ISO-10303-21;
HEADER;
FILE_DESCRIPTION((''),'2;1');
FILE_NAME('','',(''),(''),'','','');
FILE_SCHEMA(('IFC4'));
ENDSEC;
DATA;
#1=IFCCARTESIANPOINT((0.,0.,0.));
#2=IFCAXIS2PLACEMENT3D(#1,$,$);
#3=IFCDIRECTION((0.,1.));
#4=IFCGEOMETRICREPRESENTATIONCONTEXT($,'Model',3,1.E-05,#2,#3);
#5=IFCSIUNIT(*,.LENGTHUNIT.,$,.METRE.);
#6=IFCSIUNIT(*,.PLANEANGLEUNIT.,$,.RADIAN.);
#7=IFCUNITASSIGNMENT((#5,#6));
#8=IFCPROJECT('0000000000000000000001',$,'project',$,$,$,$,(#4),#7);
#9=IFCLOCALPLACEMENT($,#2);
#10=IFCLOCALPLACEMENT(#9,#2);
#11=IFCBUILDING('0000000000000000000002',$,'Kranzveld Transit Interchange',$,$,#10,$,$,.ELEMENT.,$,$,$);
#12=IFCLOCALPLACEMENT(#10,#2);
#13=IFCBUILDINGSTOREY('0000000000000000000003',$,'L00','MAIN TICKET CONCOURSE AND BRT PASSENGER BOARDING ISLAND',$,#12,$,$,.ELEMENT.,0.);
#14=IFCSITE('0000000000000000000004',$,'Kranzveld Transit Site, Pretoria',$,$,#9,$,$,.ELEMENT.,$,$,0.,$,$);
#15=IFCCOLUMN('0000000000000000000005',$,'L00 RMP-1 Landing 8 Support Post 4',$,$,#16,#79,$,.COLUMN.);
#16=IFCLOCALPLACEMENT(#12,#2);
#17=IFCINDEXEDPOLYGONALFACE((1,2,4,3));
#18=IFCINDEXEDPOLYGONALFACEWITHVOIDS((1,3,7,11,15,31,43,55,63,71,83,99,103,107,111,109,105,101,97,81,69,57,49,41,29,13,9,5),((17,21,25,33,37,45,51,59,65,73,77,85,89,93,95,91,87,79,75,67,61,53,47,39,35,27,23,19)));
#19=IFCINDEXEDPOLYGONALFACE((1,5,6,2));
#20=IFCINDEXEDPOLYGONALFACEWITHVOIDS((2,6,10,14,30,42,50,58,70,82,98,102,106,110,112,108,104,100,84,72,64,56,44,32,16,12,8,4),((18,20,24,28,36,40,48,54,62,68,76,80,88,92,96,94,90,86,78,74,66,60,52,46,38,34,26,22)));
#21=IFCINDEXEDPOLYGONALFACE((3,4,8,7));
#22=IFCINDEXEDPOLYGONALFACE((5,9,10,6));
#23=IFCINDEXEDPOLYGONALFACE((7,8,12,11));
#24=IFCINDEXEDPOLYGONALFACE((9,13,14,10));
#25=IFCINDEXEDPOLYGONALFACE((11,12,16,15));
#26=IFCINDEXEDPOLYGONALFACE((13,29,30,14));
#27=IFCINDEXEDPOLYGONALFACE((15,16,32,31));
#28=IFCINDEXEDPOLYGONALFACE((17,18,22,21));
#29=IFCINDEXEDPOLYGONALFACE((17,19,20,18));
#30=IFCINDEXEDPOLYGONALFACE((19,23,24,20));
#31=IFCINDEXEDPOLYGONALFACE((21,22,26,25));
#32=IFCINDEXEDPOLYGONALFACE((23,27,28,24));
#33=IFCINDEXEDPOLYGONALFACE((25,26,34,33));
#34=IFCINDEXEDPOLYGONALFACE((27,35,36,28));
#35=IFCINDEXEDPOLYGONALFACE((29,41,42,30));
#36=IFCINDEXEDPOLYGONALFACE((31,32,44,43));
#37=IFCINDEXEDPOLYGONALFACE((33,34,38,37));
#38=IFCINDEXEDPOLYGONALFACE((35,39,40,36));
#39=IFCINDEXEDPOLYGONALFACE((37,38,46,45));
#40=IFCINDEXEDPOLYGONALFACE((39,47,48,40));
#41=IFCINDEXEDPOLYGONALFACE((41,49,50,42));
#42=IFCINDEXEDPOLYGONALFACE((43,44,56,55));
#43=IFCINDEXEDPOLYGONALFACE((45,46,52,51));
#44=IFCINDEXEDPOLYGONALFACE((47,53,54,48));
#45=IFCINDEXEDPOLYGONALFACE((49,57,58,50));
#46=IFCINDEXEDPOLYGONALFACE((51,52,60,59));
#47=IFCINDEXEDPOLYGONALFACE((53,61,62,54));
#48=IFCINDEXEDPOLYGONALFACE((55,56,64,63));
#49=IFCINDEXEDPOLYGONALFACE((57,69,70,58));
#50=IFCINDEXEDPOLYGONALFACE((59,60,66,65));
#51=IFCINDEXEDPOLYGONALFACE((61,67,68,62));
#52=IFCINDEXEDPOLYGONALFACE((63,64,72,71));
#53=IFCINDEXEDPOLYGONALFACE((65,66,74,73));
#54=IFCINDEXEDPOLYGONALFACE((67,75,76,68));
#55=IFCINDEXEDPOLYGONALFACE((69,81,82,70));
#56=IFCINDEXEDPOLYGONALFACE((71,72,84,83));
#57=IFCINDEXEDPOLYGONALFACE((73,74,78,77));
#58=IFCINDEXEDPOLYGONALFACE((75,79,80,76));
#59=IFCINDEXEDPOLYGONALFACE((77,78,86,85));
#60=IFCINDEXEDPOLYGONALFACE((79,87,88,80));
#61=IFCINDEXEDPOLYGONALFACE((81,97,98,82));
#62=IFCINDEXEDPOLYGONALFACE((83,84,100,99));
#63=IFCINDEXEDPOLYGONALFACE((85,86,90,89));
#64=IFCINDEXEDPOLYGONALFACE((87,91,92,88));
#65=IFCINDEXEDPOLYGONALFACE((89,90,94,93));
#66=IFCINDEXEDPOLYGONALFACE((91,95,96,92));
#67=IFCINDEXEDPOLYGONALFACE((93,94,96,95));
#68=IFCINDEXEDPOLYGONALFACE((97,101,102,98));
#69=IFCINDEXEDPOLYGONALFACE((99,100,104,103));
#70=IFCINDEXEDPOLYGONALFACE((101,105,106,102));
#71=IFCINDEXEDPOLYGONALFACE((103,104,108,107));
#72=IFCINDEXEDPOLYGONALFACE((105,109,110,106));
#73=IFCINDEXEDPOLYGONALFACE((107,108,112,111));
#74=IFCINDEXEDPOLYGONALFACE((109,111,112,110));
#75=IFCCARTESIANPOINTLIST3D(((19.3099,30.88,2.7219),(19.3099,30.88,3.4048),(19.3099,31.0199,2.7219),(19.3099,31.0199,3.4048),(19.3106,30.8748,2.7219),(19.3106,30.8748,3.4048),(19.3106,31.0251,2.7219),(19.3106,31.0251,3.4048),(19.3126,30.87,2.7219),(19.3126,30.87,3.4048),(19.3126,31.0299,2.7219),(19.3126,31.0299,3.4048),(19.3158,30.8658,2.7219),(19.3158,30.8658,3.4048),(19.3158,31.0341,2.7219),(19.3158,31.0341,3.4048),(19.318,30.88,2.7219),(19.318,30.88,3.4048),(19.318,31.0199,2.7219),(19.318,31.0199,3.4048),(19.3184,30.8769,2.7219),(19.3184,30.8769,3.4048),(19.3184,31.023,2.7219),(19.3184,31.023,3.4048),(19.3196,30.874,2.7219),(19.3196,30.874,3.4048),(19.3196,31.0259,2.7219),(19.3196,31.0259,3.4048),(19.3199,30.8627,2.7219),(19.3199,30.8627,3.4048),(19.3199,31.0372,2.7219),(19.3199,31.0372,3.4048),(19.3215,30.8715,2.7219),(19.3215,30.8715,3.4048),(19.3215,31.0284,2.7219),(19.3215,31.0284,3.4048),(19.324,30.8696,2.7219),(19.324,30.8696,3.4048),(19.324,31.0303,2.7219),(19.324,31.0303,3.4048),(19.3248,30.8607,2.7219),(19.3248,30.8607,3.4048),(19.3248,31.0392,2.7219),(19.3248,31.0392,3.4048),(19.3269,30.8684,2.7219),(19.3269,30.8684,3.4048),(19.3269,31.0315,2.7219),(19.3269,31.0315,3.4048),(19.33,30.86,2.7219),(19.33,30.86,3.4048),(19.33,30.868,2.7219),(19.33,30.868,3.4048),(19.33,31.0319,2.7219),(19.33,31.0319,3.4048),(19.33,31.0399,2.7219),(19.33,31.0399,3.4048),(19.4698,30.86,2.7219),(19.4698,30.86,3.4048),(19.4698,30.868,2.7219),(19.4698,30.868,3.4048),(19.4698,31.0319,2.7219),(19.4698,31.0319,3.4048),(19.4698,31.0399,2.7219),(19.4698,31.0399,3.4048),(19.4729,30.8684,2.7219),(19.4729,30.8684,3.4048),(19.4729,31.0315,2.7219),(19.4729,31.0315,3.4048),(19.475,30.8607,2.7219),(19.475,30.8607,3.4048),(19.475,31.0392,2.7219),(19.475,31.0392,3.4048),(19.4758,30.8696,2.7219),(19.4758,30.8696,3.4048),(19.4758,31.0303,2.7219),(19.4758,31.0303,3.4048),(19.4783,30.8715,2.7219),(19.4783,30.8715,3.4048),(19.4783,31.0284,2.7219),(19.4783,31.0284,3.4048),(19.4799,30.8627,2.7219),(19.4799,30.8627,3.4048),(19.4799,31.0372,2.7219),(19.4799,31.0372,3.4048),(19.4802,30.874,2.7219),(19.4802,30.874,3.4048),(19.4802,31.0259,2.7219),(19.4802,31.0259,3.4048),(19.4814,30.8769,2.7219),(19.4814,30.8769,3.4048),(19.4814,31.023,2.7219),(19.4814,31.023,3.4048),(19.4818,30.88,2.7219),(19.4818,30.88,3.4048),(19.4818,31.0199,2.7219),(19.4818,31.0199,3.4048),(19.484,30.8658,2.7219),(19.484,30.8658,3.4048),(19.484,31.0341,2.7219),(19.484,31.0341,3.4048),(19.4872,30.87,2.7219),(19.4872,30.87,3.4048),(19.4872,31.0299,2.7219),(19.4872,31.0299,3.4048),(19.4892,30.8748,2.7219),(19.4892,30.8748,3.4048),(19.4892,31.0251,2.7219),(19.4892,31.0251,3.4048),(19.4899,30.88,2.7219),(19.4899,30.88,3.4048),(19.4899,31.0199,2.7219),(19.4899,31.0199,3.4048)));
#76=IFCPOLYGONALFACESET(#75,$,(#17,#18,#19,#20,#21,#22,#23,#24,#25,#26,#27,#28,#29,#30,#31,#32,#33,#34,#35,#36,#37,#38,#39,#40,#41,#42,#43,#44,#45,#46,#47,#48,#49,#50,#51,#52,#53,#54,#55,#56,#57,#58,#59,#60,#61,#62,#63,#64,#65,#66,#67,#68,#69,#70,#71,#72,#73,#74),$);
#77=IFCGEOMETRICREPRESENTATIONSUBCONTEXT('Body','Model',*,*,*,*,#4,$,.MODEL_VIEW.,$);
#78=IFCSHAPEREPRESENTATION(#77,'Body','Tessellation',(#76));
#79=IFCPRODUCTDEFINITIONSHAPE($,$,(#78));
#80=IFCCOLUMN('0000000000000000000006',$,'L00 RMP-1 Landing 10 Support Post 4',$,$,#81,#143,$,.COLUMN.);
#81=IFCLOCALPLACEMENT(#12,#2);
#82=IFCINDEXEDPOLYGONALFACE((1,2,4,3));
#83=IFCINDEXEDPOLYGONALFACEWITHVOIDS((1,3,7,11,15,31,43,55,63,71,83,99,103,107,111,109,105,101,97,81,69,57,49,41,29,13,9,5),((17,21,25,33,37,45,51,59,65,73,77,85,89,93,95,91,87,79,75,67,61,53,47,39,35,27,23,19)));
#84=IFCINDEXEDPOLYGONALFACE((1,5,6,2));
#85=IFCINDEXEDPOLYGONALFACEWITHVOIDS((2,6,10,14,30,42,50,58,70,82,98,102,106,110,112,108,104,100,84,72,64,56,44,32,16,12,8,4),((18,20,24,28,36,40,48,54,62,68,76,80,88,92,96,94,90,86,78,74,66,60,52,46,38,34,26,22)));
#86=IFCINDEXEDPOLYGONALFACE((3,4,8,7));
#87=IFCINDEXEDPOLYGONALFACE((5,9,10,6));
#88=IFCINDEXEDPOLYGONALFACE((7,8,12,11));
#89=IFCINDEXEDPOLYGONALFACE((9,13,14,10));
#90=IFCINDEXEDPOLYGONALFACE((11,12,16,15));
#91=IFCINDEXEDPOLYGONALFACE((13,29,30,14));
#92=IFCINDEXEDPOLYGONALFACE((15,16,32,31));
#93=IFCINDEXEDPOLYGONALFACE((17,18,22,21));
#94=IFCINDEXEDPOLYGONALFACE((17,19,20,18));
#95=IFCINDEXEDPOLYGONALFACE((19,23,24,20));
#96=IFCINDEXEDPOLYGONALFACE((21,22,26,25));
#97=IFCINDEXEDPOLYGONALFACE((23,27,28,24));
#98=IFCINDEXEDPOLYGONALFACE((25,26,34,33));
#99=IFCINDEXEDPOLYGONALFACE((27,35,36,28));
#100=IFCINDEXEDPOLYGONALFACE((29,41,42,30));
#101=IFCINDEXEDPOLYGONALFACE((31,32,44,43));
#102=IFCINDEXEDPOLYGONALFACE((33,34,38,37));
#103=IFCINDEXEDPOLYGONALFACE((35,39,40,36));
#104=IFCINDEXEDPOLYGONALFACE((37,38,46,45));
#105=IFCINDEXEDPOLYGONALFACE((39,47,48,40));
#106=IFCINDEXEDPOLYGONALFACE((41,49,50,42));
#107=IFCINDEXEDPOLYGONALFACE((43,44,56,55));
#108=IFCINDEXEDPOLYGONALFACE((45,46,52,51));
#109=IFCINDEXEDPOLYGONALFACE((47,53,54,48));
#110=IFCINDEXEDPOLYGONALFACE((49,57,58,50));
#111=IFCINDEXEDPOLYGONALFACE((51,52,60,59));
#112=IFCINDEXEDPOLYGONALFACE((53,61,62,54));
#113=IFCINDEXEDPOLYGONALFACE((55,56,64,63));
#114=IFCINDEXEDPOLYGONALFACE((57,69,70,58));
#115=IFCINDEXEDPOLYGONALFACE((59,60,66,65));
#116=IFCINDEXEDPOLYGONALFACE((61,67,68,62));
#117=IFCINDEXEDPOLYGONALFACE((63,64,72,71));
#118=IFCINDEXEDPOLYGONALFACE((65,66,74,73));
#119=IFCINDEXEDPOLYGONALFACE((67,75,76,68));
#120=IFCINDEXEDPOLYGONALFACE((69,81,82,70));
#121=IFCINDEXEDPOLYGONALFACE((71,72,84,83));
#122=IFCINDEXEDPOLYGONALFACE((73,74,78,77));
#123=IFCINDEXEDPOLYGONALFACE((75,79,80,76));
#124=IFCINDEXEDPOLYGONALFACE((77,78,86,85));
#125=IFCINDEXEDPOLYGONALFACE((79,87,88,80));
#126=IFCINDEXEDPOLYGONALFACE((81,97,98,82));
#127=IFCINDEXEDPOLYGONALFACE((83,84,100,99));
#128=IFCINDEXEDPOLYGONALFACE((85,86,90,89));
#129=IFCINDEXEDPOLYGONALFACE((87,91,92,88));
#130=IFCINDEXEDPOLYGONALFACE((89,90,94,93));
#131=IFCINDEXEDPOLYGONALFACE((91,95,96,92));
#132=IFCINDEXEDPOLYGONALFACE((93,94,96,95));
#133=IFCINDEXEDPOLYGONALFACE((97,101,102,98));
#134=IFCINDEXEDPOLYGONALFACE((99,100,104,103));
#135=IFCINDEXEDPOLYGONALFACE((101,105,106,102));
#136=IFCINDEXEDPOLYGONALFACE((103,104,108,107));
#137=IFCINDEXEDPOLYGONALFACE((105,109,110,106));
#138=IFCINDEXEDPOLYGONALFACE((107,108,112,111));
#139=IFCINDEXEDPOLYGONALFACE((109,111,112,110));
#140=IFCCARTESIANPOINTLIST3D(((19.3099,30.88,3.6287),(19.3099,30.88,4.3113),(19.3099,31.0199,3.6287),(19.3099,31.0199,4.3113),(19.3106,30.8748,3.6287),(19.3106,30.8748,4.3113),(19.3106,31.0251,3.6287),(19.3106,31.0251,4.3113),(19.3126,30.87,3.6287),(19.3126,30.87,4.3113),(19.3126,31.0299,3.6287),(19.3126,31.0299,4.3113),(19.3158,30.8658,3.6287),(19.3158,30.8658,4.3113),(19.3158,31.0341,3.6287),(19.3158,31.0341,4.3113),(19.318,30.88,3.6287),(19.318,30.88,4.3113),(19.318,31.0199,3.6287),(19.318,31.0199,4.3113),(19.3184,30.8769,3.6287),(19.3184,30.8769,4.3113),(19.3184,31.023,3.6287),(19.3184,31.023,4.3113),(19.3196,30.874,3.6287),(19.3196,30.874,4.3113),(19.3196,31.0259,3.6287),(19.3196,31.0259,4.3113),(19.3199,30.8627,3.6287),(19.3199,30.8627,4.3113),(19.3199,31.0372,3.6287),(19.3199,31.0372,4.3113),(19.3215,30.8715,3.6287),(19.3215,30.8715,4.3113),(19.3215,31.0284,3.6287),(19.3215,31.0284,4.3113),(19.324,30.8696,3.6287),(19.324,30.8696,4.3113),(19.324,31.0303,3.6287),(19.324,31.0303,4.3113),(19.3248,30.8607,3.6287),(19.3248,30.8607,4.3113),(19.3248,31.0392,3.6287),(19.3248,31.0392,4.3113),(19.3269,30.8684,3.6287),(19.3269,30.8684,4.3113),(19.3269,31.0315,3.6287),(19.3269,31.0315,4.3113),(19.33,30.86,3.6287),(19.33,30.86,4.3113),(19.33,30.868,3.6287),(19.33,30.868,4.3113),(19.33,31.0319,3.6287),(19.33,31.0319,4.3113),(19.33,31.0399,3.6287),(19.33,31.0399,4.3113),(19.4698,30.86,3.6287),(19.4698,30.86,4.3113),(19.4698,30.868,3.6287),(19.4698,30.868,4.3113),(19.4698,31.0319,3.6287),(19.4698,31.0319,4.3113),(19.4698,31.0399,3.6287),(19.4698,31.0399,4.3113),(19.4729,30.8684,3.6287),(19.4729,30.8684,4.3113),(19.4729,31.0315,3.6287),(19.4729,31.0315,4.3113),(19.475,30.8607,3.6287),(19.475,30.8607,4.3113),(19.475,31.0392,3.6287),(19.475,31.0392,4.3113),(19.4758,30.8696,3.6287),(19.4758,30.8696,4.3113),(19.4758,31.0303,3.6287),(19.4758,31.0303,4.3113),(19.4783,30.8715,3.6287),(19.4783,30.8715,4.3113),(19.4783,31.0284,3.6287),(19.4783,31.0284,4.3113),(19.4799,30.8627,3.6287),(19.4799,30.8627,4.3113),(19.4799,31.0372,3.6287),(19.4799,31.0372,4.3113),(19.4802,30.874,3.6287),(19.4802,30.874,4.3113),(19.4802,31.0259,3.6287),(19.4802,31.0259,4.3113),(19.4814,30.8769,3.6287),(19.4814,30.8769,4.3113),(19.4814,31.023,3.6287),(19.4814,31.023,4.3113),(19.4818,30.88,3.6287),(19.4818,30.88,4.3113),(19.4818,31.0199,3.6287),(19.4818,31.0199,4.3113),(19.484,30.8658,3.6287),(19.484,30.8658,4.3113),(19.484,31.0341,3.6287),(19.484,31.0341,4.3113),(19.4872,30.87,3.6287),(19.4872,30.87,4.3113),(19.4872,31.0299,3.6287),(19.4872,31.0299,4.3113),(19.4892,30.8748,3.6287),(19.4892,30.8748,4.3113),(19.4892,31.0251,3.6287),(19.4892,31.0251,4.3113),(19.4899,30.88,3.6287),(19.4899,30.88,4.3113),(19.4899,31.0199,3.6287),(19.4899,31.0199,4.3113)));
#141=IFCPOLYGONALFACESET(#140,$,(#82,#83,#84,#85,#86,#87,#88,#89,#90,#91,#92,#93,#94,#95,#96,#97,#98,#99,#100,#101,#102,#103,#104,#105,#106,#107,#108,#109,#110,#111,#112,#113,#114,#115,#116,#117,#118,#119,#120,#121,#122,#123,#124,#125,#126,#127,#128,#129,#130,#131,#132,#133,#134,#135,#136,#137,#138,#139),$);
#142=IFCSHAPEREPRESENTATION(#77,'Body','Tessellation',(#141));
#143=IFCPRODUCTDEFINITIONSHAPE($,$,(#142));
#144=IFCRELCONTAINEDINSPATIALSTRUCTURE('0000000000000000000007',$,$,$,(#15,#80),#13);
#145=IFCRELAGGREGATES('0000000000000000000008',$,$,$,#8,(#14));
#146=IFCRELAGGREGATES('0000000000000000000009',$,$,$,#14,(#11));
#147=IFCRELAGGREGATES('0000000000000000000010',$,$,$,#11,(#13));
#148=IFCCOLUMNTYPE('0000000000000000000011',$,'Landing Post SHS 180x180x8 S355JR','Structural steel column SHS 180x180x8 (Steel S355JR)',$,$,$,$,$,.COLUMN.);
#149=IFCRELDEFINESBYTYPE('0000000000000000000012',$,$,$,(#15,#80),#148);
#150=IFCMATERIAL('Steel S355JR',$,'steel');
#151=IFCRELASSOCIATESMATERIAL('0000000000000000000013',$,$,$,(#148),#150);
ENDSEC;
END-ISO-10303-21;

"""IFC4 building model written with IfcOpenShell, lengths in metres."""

from ifc_helpers import new_model, si_unit, direction, frame, origin, origin_2d, place, context, subcontext, project, spatial, hollow_rectangle, extrude, material, material_profile, profile_set, type_object, element, save


model = new_model("IFC4")

# Units and contexts
model_context = context("Model", 3, precision=1e-05, world=origin(), true_north=direction((0.0, 1.0)))
body_context = subcontext(model_context, "Body", "Model", "MODEL_VIEW")
ifc_project = project(units=[si_unit("LENGTHUNIT", "METRE"), si_unit("PLANEANGLEUNIT", "RADIAN")], contexts=[model_context])

# Site, building, storey
site_placement = place(None, origin())
site = spatial("IfcSite", under=ifc_project, at=site_placement, Name="Kranzveld Transit Site, Pretoria", CompositionType="ELEMENT", RefElevation=0.0)
building_placement = place(site_placement, origin())
building = spatial("IfcBuilding", under=site, at=building_placement, Name="Kranzveld Transit Interchange", CompositionType="ELEMENT")
storey_placement = place(building_placement, origin())
storey = spatial("IfcBuildingStorey", under=building, at=storey_placement, Name="L00", Description="MAIN TICKET CONCOURSE AND BRT PASSENGER BOARDING ISLAND", CompositionType="ELEMENT", Elevation=0.0)

# Columns
ifc_material_1 = material(Name="Steel S355JR", Category="steel")
ifc_material_profile_1 = material_profile(ifc_material_1, hollow_rectangle(XDim=0.1799, YDim=0.1799, WallThickness=0.0081, InnerFilletRadius=0.012, OuterFilletRadius=0.02, at=origin_2d()), Name="SHS 180x180x8")
ifc_profile_set_1 = profile_set([ifc_material_profile_1], Name="Steel S355JR")
column_type = type_object("IfcColumnType", Name="Landing Post SHS 180x180x8 S355JR", Description="Structural steel column SHS 180x180x8 (Steel S355JR)", PredefinedType="COLUMN", material=ifc_profile_set_1)
column_1_placement = place(storey_placement, frame((19.3999, 30.95, 2.7219), z_axis=(0.0, 0.0, 1.0), x_axis=(1.0, 0.0, 0.0)))
element("IfcColumn", 1, at=column_1_placement, inside=storey, type_object=column_type, Name="L00 RMP-1 Landing 8 Support Post 4", PredefinedType="COLUMN", context=body_context, shape_type="SweptSolid", body=[
    extrude(hollow_rectangle(XDim=0.1799, YDim=0.1799, WallThickness=0.0081, InnerFilletRadius=0.012, OuterFilletRadius=0.02, at=origin_2d()), origin(), (0.0, 0.0, 1.0), 0.6829),
])
column_2_placement = place(storey_placement, frame((19.3999, 30.95, 3.6287), z_axis=(0.0, 0.0, 1.0), x_axis=(1.0, 0.0, 0.0)))
element("IfcColumn", 2, at=column_2_placement, inside=storey, type_object=column_type, Name="L00 RMP-1 Landing 10 Support Post 4", PredefinedType="COLUMN", context=body_context, shape_type="SweptSolid", body=[
    extrude(hollow_rectangle(XDim=0.1799, YDim=0.1799, WallThickness=0.0081, InnerFilletRadius=0.012, OuterFilletRadius=0.02, at=origin_2d()), origin(), (0.0, 0.0, 1.0), 0.6826),
])

save(model, "model.ifc")
